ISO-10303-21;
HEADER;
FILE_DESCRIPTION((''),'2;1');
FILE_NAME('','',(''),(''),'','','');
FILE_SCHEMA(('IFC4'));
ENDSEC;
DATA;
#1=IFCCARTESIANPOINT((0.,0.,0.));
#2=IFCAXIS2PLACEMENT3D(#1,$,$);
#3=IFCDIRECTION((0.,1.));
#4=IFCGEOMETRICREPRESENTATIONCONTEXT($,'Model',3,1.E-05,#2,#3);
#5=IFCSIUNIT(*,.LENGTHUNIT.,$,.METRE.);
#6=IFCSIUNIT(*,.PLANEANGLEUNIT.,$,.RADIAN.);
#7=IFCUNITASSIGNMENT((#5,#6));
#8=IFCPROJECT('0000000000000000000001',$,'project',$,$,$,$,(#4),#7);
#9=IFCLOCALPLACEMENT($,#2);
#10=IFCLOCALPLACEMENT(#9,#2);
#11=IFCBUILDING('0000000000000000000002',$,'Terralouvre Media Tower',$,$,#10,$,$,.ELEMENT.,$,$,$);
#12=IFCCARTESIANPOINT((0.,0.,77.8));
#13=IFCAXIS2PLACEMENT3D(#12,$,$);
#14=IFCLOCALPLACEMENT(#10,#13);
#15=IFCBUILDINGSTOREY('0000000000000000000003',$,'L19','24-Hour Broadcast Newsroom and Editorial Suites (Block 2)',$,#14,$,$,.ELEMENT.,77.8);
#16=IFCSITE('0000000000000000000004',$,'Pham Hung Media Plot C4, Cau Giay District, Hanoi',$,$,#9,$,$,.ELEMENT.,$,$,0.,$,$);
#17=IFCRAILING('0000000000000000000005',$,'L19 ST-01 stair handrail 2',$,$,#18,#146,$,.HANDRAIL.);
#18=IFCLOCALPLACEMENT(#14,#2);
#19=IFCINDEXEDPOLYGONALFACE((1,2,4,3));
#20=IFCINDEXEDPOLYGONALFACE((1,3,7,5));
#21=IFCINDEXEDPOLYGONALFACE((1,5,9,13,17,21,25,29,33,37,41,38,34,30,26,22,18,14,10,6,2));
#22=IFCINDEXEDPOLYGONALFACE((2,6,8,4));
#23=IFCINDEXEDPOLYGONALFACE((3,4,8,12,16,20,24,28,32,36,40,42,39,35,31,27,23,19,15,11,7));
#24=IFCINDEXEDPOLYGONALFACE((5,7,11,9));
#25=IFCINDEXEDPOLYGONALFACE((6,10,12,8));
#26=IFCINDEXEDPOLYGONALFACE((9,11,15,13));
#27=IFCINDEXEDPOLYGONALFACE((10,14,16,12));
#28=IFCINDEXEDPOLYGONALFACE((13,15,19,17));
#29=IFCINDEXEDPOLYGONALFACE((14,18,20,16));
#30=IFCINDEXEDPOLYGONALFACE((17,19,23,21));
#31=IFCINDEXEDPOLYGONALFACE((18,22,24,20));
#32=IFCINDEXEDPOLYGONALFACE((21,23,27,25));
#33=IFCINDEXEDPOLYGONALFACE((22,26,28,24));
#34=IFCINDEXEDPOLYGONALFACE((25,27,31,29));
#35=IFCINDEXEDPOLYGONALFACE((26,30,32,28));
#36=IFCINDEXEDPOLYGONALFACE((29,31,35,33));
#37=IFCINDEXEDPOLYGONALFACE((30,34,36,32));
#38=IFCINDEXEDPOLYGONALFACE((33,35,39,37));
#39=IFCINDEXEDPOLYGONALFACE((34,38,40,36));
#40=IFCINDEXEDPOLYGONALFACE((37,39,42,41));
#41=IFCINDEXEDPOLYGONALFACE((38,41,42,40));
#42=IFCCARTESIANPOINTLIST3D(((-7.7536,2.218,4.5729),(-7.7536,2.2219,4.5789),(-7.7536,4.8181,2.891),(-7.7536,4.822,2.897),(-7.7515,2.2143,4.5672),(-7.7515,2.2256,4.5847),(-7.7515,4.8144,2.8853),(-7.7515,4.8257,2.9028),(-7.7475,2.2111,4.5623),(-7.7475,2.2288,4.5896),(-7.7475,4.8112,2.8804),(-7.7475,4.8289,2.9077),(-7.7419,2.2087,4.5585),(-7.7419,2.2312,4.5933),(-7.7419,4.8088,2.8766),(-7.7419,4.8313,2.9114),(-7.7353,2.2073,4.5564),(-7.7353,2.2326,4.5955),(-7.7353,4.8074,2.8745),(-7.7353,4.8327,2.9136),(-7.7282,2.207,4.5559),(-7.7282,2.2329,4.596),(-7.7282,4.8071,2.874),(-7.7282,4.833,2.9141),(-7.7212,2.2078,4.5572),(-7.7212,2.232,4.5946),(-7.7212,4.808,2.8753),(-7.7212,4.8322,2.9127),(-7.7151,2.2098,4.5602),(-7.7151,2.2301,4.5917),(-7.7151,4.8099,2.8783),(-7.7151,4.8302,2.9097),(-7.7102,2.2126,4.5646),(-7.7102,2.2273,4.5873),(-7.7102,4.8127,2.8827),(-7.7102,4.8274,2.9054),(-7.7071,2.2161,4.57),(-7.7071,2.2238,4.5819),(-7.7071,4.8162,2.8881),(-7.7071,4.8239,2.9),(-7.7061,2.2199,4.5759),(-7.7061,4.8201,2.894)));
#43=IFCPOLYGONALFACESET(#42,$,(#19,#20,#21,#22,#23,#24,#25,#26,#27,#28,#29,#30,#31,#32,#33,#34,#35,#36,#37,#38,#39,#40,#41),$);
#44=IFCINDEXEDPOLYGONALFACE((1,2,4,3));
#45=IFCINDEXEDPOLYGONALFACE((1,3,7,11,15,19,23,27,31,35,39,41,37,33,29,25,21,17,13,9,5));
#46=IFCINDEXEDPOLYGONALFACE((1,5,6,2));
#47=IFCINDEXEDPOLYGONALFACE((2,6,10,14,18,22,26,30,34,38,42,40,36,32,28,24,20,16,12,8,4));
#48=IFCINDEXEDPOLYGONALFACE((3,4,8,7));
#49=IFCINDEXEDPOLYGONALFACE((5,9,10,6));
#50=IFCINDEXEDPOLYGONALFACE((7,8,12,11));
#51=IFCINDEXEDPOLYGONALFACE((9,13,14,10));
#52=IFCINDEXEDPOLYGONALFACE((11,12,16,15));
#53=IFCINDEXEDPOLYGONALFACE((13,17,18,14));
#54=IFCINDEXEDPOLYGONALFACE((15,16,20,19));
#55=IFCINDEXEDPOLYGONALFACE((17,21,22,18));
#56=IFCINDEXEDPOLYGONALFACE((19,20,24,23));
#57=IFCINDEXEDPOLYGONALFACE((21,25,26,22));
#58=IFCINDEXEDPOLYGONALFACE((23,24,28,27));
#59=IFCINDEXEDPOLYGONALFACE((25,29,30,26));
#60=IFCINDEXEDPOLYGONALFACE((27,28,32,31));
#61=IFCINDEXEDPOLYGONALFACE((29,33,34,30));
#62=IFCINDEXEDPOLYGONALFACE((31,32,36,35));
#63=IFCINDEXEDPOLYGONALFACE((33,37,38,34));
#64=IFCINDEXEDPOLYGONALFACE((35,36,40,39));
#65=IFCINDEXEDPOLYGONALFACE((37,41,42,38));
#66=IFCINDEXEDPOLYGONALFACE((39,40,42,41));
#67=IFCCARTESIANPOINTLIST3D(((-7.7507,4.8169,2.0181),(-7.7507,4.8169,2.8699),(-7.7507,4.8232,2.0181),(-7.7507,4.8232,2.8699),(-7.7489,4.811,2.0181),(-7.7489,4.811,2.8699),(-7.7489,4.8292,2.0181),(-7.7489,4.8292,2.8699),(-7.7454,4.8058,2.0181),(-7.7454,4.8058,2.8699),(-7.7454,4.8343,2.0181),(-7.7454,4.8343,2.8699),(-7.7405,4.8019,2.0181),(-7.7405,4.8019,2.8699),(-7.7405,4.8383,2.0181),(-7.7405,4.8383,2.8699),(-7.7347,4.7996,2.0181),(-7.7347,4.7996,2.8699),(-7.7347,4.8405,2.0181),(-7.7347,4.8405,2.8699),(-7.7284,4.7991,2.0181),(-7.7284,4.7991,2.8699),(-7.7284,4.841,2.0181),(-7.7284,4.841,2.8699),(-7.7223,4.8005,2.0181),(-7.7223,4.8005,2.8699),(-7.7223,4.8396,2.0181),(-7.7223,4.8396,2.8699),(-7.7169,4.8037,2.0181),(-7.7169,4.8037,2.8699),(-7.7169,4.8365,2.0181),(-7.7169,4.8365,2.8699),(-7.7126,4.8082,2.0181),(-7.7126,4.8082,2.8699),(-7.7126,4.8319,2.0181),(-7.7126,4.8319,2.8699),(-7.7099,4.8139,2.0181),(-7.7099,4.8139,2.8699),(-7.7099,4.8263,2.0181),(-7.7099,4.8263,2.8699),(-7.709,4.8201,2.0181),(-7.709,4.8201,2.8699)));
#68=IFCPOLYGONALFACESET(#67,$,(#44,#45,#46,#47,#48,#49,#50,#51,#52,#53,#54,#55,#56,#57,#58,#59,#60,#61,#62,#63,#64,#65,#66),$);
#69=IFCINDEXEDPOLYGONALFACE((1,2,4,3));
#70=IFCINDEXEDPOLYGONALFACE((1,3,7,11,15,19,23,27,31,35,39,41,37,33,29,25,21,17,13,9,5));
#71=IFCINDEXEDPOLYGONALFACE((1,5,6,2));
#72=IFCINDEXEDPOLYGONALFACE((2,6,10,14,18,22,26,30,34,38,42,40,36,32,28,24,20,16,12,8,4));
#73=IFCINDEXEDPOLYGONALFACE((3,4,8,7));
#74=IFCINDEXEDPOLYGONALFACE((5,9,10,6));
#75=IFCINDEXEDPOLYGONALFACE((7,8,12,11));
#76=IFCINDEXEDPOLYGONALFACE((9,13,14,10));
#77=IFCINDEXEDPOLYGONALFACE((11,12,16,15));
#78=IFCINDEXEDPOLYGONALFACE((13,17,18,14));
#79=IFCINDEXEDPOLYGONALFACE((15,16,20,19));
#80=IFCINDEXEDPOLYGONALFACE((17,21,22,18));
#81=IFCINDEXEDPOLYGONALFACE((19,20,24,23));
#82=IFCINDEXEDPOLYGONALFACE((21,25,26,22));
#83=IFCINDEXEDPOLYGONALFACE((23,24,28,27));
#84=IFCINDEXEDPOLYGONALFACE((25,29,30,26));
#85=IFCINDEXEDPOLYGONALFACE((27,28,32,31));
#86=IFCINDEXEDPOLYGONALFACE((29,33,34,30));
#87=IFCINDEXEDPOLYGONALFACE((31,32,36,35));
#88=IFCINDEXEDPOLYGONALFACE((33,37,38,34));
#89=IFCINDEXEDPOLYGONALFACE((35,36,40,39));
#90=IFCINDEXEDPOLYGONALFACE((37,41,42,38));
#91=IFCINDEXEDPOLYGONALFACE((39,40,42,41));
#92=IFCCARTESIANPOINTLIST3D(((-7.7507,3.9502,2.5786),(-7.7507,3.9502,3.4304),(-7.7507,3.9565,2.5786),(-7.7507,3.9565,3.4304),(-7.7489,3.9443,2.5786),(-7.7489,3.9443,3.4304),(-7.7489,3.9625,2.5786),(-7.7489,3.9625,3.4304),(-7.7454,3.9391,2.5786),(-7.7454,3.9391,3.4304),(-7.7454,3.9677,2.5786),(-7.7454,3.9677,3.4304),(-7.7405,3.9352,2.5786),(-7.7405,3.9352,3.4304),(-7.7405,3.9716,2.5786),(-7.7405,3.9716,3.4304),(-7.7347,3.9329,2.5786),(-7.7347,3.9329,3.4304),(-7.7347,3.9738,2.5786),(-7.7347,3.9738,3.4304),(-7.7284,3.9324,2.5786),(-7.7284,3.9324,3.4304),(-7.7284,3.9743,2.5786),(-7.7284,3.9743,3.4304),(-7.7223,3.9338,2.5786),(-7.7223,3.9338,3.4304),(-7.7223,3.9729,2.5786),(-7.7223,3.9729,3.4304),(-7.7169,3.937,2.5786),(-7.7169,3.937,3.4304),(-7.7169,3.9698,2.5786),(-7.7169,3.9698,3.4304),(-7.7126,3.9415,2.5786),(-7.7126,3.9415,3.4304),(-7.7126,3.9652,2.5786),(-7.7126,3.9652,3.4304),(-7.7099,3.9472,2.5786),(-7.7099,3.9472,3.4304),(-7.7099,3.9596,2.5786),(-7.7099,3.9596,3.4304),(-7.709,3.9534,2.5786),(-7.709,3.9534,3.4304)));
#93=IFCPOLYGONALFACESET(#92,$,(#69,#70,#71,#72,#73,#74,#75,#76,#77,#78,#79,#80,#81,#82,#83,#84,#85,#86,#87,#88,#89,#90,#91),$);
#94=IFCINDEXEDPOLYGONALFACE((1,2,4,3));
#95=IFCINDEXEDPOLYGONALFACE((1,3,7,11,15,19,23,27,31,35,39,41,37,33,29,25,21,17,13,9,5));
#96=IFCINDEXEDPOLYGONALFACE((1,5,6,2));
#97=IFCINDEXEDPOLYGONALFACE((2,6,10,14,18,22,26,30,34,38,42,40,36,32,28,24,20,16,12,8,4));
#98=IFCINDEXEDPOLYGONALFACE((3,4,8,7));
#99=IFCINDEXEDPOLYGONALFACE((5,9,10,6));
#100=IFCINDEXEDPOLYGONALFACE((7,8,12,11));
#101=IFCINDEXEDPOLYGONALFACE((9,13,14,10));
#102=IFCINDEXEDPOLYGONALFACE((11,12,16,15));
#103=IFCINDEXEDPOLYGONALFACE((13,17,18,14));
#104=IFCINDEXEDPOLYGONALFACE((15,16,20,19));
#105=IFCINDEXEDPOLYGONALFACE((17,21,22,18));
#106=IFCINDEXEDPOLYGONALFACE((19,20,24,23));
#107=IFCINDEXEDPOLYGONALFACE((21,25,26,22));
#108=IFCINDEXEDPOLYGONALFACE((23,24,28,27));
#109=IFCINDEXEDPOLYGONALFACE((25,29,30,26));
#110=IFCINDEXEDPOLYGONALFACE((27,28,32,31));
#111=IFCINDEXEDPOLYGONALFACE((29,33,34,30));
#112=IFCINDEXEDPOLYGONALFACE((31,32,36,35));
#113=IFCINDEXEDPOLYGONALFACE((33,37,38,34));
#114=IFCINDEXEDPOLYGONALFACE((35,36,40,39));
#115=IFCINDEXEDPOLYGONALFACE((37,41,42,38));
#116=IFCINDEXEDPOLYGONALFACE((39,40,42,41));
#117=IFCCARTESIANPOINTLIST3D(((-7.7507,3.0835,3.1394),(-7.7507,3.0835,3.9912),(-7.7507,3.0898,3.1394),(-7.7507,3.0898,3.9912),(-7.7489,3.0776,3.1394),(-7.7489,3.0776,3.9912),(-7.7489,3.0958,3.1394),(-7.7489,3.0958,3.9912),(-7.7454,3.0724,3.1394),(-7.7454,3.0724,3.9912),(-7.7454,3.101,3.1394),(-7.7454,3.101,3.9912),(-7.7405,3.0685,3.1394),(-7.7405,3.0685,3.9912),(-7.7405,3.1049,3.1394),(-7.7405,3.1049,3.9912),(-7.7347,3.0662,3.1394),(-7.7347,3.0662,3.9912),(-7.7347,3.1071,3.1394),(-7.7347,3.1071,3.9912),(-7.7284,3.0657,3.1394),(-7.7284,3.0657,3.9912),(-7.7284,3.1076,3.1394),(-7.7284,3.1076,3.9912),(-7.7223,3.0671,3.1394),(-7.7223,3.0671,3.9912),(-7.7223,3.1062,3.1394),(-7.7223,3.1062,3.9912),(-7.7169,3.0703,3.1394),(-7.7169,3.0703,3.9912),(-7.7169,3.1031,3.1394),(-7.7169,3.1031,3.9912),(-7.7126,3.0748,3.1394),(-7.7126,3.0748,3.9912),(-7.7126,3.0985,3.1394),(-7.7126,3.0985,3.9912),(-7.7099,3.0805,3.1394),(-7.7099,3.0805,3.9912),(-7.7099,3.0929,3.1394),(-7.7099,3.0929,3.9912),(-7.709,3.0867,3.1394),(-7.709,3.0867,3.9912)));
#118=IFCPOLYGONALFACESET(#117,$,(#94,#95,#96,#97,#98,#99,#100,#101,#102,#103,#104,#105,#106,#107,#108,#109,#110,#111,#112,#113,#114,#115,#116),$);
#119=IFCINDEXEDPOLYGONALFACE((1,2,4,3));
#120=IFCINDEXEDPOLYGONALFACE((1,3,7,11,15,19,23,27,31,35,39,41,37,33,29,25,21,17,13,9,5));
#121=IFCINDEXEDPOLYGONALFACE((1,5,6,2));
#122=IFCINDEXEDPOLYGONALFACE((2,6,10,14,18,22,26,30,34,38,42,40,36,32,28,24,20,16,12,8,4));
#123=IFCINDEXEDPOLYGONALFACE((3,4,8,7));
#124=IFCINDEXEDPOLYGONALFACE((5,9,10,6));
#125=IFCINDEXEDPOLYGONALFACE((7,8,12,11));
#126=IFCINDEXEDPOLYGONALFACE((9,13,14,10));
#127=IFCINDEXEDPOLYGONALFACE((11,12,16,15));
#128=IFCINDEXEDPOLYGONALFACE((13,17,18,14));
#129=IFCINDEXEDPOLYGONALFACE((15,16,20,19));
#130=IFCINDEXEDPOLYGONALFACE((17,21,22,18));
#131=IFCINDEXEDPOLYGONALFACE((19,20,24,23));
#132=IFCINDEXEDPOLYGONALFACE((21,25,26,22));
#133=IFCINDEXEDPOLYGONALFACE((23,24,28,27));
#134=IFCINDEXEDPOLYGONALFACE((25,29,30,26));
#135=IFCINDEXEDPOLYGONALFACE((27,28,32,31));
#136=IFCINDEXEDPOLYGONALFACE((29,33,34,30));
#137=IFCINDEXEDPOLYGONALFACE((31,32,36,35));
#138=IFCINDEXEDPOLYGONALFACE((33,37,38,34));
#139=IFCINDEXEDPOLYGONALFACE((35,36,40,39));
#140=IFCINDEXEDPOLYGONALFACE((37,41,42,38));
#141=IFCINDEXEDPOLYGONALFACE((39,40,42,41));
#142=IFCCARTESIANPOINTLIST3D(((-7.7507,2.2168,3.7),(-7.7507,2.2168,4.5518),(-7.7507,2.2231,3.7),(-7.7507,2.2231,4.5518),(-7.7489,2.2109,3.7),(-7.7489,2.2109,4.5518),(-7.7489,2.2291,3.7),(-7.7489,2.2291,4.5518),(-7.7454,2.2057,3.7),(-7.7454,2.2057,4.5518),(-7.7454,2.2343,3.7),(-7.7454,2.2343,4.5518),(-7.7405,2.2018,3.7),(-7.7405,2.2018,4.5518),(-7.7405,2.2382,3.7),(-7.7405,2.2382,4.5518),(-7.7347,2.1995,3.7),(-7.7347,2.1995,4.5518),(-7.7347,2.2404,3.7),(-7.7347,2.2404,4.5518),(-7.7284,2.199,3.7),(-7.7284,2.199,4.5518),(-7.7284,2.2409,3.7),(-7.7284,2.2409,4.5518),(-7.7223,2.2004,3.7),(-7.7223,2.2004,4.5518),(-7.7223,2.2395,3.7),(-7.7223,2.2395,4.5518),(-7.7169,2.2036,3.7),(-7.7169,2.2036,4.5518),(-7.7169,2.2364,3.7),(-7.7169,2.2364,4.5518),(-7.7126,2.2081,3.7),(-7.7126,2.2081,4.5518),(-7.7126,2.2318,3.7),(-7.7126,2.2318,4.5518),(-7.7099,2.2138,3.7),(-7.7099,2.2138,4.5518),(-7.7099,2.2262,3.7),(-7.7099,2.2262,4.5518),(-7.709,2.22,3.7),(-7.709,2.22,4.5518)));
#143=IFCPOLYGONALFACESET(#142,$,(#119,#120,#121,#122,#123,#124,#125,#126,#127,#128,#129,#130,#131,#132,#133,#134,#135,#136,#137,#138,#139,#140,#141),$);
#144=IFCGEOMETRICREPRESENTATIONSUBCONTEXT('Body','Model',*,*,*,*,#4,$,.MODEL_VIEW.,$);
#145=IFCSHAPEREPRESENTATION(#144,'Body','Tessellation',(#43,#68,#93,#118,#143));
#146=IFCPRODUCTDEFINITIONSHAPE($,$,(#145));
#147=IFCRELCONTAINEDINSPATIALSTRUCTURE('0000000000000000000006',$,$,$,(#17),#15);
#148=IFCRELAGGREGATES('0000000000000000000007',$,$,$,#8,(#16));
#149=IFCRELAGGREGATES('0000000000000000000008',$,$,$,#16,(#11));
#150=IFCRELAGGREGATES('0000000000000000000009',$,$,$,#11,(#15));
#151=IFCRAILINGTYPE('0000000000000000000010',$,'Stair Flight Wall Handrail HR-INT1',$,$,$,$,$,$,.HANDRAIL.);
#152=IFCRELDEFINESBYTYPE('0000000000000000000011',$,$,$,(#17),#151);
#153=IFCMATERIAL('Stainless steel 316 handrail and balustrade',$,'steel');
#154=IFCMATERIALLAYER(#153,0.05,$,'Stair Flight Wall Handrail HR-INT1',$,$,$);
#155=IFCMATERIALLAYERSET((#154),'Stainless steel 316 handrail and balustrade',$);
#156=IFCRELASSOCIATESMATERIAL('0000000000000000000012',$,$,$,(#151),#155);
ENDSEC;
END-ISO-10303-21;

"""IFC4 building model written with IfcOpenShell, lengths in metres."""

from ifc_helpers import new_model, si_unit, direction, frame, origin, origin_2d, place, context, subcontext, project, spatial, circle, extrude, material, layer, layer_set, type_object, element, save


model = new_model("IFC4")

# Units and contexts
model_context = context("Model", 3, precision=1e-05, world=origin(), true_north=direction((0.0, 1.0)))
body_context = subcontext(model_context, "Body", "Model", "MODEL_VIEW")
ifc_project = project(units=[si_unit("LENGTHUNIT", "METRE"), si_unit("PLANEANGLEUNIT", "RADIAN")], contexts=[model_context])

# Site, building, storey
site_placement = place(None, origin())
site = spatial("IfcSite", under=ifc_project, at=site_placement, Name="Pham Hung Media Plot C4, Cau Giay District, Hanoi", CompositionType="ELEMENT", RefElevation=0.0)
building_placement = place(site_placement, origin())
building = spatial("IfcBuilding", under=site, at=building_placement, Name="Terralouvre Media Tower", CompositionType="ELEMENT")
storey_placement = place(building_placement, frame((0.0, 0.0, 77.8)))
storey = spatial("IfcBuildingStorey", under=building, at=storey_placement, Name="L19", Description="24-Hour Broadcast Newsroom and Editorial Suites (Block 2)", CompositionType="ELEMENT", Elevation=77.8)

# Railing
ifc_material_1 = material(Name="Stainless steel 316 handrail and balustrade", Category="steel")
ifc_layer_1 = layer(ifc_material_1, 0.05, Name="Stair Flight Wall Handrail HR-INT1")
ifc_layer_set_1 = layer_set([ifc_layer_1], Name="Stainless steel 316 handrail and balustrade")
railing_type_1 = type_object("IfcRailingType", Name="Stair Flight Wall Handrail HR-INT1", PredefinedType="HANDRAIL", material=ifc_layer_set_1)
railing_1_placement = place(storey_placement, frame((-7.73, 4.8201, 2.0181)))
element("IfcRailing", 1, at=railing_1_placement, inside=storey, type_object=railing_type_1, Name="L19 ST-01 stair handrail 2", PredefinedType="HANDRAIL", context=body_context, shape_type="SweptSolid", body=[
    extrude(circle(Radius=0.0239, at=origin_2d()), frame((0.0, 0.0, 0.876), z_axis=(0.0, -0.839648, 0.54313), x_axis=(1.0, 0.0, 0.0)), (0.0, 0.0, 1.0), 3.0967),
    extrude(circle(Radius=0.021, at=origin_2d()), origin(), (0.0, 0.0, 1.0), 0.8518),
    extrude(circle(Radius=0.021, at=origin_2d()), frame((0.0, -0.8667, 0.5605)), (0.0, 0.0, 1.0), 0.8518),
    extrude(circle(Radius=0.021, at=origin_2d()), frame((0.0, -1.7334, 1.1213)), (0.0, 0.0, 1.0), 0.8518),
    extrude(circle(Radius=0.021, at=origin_2d()), frame((0.0, -2.6001, 1.6819)), (0.0, 0.0, 1.0), 0.8518),
])

save(model, "model.ifc")
